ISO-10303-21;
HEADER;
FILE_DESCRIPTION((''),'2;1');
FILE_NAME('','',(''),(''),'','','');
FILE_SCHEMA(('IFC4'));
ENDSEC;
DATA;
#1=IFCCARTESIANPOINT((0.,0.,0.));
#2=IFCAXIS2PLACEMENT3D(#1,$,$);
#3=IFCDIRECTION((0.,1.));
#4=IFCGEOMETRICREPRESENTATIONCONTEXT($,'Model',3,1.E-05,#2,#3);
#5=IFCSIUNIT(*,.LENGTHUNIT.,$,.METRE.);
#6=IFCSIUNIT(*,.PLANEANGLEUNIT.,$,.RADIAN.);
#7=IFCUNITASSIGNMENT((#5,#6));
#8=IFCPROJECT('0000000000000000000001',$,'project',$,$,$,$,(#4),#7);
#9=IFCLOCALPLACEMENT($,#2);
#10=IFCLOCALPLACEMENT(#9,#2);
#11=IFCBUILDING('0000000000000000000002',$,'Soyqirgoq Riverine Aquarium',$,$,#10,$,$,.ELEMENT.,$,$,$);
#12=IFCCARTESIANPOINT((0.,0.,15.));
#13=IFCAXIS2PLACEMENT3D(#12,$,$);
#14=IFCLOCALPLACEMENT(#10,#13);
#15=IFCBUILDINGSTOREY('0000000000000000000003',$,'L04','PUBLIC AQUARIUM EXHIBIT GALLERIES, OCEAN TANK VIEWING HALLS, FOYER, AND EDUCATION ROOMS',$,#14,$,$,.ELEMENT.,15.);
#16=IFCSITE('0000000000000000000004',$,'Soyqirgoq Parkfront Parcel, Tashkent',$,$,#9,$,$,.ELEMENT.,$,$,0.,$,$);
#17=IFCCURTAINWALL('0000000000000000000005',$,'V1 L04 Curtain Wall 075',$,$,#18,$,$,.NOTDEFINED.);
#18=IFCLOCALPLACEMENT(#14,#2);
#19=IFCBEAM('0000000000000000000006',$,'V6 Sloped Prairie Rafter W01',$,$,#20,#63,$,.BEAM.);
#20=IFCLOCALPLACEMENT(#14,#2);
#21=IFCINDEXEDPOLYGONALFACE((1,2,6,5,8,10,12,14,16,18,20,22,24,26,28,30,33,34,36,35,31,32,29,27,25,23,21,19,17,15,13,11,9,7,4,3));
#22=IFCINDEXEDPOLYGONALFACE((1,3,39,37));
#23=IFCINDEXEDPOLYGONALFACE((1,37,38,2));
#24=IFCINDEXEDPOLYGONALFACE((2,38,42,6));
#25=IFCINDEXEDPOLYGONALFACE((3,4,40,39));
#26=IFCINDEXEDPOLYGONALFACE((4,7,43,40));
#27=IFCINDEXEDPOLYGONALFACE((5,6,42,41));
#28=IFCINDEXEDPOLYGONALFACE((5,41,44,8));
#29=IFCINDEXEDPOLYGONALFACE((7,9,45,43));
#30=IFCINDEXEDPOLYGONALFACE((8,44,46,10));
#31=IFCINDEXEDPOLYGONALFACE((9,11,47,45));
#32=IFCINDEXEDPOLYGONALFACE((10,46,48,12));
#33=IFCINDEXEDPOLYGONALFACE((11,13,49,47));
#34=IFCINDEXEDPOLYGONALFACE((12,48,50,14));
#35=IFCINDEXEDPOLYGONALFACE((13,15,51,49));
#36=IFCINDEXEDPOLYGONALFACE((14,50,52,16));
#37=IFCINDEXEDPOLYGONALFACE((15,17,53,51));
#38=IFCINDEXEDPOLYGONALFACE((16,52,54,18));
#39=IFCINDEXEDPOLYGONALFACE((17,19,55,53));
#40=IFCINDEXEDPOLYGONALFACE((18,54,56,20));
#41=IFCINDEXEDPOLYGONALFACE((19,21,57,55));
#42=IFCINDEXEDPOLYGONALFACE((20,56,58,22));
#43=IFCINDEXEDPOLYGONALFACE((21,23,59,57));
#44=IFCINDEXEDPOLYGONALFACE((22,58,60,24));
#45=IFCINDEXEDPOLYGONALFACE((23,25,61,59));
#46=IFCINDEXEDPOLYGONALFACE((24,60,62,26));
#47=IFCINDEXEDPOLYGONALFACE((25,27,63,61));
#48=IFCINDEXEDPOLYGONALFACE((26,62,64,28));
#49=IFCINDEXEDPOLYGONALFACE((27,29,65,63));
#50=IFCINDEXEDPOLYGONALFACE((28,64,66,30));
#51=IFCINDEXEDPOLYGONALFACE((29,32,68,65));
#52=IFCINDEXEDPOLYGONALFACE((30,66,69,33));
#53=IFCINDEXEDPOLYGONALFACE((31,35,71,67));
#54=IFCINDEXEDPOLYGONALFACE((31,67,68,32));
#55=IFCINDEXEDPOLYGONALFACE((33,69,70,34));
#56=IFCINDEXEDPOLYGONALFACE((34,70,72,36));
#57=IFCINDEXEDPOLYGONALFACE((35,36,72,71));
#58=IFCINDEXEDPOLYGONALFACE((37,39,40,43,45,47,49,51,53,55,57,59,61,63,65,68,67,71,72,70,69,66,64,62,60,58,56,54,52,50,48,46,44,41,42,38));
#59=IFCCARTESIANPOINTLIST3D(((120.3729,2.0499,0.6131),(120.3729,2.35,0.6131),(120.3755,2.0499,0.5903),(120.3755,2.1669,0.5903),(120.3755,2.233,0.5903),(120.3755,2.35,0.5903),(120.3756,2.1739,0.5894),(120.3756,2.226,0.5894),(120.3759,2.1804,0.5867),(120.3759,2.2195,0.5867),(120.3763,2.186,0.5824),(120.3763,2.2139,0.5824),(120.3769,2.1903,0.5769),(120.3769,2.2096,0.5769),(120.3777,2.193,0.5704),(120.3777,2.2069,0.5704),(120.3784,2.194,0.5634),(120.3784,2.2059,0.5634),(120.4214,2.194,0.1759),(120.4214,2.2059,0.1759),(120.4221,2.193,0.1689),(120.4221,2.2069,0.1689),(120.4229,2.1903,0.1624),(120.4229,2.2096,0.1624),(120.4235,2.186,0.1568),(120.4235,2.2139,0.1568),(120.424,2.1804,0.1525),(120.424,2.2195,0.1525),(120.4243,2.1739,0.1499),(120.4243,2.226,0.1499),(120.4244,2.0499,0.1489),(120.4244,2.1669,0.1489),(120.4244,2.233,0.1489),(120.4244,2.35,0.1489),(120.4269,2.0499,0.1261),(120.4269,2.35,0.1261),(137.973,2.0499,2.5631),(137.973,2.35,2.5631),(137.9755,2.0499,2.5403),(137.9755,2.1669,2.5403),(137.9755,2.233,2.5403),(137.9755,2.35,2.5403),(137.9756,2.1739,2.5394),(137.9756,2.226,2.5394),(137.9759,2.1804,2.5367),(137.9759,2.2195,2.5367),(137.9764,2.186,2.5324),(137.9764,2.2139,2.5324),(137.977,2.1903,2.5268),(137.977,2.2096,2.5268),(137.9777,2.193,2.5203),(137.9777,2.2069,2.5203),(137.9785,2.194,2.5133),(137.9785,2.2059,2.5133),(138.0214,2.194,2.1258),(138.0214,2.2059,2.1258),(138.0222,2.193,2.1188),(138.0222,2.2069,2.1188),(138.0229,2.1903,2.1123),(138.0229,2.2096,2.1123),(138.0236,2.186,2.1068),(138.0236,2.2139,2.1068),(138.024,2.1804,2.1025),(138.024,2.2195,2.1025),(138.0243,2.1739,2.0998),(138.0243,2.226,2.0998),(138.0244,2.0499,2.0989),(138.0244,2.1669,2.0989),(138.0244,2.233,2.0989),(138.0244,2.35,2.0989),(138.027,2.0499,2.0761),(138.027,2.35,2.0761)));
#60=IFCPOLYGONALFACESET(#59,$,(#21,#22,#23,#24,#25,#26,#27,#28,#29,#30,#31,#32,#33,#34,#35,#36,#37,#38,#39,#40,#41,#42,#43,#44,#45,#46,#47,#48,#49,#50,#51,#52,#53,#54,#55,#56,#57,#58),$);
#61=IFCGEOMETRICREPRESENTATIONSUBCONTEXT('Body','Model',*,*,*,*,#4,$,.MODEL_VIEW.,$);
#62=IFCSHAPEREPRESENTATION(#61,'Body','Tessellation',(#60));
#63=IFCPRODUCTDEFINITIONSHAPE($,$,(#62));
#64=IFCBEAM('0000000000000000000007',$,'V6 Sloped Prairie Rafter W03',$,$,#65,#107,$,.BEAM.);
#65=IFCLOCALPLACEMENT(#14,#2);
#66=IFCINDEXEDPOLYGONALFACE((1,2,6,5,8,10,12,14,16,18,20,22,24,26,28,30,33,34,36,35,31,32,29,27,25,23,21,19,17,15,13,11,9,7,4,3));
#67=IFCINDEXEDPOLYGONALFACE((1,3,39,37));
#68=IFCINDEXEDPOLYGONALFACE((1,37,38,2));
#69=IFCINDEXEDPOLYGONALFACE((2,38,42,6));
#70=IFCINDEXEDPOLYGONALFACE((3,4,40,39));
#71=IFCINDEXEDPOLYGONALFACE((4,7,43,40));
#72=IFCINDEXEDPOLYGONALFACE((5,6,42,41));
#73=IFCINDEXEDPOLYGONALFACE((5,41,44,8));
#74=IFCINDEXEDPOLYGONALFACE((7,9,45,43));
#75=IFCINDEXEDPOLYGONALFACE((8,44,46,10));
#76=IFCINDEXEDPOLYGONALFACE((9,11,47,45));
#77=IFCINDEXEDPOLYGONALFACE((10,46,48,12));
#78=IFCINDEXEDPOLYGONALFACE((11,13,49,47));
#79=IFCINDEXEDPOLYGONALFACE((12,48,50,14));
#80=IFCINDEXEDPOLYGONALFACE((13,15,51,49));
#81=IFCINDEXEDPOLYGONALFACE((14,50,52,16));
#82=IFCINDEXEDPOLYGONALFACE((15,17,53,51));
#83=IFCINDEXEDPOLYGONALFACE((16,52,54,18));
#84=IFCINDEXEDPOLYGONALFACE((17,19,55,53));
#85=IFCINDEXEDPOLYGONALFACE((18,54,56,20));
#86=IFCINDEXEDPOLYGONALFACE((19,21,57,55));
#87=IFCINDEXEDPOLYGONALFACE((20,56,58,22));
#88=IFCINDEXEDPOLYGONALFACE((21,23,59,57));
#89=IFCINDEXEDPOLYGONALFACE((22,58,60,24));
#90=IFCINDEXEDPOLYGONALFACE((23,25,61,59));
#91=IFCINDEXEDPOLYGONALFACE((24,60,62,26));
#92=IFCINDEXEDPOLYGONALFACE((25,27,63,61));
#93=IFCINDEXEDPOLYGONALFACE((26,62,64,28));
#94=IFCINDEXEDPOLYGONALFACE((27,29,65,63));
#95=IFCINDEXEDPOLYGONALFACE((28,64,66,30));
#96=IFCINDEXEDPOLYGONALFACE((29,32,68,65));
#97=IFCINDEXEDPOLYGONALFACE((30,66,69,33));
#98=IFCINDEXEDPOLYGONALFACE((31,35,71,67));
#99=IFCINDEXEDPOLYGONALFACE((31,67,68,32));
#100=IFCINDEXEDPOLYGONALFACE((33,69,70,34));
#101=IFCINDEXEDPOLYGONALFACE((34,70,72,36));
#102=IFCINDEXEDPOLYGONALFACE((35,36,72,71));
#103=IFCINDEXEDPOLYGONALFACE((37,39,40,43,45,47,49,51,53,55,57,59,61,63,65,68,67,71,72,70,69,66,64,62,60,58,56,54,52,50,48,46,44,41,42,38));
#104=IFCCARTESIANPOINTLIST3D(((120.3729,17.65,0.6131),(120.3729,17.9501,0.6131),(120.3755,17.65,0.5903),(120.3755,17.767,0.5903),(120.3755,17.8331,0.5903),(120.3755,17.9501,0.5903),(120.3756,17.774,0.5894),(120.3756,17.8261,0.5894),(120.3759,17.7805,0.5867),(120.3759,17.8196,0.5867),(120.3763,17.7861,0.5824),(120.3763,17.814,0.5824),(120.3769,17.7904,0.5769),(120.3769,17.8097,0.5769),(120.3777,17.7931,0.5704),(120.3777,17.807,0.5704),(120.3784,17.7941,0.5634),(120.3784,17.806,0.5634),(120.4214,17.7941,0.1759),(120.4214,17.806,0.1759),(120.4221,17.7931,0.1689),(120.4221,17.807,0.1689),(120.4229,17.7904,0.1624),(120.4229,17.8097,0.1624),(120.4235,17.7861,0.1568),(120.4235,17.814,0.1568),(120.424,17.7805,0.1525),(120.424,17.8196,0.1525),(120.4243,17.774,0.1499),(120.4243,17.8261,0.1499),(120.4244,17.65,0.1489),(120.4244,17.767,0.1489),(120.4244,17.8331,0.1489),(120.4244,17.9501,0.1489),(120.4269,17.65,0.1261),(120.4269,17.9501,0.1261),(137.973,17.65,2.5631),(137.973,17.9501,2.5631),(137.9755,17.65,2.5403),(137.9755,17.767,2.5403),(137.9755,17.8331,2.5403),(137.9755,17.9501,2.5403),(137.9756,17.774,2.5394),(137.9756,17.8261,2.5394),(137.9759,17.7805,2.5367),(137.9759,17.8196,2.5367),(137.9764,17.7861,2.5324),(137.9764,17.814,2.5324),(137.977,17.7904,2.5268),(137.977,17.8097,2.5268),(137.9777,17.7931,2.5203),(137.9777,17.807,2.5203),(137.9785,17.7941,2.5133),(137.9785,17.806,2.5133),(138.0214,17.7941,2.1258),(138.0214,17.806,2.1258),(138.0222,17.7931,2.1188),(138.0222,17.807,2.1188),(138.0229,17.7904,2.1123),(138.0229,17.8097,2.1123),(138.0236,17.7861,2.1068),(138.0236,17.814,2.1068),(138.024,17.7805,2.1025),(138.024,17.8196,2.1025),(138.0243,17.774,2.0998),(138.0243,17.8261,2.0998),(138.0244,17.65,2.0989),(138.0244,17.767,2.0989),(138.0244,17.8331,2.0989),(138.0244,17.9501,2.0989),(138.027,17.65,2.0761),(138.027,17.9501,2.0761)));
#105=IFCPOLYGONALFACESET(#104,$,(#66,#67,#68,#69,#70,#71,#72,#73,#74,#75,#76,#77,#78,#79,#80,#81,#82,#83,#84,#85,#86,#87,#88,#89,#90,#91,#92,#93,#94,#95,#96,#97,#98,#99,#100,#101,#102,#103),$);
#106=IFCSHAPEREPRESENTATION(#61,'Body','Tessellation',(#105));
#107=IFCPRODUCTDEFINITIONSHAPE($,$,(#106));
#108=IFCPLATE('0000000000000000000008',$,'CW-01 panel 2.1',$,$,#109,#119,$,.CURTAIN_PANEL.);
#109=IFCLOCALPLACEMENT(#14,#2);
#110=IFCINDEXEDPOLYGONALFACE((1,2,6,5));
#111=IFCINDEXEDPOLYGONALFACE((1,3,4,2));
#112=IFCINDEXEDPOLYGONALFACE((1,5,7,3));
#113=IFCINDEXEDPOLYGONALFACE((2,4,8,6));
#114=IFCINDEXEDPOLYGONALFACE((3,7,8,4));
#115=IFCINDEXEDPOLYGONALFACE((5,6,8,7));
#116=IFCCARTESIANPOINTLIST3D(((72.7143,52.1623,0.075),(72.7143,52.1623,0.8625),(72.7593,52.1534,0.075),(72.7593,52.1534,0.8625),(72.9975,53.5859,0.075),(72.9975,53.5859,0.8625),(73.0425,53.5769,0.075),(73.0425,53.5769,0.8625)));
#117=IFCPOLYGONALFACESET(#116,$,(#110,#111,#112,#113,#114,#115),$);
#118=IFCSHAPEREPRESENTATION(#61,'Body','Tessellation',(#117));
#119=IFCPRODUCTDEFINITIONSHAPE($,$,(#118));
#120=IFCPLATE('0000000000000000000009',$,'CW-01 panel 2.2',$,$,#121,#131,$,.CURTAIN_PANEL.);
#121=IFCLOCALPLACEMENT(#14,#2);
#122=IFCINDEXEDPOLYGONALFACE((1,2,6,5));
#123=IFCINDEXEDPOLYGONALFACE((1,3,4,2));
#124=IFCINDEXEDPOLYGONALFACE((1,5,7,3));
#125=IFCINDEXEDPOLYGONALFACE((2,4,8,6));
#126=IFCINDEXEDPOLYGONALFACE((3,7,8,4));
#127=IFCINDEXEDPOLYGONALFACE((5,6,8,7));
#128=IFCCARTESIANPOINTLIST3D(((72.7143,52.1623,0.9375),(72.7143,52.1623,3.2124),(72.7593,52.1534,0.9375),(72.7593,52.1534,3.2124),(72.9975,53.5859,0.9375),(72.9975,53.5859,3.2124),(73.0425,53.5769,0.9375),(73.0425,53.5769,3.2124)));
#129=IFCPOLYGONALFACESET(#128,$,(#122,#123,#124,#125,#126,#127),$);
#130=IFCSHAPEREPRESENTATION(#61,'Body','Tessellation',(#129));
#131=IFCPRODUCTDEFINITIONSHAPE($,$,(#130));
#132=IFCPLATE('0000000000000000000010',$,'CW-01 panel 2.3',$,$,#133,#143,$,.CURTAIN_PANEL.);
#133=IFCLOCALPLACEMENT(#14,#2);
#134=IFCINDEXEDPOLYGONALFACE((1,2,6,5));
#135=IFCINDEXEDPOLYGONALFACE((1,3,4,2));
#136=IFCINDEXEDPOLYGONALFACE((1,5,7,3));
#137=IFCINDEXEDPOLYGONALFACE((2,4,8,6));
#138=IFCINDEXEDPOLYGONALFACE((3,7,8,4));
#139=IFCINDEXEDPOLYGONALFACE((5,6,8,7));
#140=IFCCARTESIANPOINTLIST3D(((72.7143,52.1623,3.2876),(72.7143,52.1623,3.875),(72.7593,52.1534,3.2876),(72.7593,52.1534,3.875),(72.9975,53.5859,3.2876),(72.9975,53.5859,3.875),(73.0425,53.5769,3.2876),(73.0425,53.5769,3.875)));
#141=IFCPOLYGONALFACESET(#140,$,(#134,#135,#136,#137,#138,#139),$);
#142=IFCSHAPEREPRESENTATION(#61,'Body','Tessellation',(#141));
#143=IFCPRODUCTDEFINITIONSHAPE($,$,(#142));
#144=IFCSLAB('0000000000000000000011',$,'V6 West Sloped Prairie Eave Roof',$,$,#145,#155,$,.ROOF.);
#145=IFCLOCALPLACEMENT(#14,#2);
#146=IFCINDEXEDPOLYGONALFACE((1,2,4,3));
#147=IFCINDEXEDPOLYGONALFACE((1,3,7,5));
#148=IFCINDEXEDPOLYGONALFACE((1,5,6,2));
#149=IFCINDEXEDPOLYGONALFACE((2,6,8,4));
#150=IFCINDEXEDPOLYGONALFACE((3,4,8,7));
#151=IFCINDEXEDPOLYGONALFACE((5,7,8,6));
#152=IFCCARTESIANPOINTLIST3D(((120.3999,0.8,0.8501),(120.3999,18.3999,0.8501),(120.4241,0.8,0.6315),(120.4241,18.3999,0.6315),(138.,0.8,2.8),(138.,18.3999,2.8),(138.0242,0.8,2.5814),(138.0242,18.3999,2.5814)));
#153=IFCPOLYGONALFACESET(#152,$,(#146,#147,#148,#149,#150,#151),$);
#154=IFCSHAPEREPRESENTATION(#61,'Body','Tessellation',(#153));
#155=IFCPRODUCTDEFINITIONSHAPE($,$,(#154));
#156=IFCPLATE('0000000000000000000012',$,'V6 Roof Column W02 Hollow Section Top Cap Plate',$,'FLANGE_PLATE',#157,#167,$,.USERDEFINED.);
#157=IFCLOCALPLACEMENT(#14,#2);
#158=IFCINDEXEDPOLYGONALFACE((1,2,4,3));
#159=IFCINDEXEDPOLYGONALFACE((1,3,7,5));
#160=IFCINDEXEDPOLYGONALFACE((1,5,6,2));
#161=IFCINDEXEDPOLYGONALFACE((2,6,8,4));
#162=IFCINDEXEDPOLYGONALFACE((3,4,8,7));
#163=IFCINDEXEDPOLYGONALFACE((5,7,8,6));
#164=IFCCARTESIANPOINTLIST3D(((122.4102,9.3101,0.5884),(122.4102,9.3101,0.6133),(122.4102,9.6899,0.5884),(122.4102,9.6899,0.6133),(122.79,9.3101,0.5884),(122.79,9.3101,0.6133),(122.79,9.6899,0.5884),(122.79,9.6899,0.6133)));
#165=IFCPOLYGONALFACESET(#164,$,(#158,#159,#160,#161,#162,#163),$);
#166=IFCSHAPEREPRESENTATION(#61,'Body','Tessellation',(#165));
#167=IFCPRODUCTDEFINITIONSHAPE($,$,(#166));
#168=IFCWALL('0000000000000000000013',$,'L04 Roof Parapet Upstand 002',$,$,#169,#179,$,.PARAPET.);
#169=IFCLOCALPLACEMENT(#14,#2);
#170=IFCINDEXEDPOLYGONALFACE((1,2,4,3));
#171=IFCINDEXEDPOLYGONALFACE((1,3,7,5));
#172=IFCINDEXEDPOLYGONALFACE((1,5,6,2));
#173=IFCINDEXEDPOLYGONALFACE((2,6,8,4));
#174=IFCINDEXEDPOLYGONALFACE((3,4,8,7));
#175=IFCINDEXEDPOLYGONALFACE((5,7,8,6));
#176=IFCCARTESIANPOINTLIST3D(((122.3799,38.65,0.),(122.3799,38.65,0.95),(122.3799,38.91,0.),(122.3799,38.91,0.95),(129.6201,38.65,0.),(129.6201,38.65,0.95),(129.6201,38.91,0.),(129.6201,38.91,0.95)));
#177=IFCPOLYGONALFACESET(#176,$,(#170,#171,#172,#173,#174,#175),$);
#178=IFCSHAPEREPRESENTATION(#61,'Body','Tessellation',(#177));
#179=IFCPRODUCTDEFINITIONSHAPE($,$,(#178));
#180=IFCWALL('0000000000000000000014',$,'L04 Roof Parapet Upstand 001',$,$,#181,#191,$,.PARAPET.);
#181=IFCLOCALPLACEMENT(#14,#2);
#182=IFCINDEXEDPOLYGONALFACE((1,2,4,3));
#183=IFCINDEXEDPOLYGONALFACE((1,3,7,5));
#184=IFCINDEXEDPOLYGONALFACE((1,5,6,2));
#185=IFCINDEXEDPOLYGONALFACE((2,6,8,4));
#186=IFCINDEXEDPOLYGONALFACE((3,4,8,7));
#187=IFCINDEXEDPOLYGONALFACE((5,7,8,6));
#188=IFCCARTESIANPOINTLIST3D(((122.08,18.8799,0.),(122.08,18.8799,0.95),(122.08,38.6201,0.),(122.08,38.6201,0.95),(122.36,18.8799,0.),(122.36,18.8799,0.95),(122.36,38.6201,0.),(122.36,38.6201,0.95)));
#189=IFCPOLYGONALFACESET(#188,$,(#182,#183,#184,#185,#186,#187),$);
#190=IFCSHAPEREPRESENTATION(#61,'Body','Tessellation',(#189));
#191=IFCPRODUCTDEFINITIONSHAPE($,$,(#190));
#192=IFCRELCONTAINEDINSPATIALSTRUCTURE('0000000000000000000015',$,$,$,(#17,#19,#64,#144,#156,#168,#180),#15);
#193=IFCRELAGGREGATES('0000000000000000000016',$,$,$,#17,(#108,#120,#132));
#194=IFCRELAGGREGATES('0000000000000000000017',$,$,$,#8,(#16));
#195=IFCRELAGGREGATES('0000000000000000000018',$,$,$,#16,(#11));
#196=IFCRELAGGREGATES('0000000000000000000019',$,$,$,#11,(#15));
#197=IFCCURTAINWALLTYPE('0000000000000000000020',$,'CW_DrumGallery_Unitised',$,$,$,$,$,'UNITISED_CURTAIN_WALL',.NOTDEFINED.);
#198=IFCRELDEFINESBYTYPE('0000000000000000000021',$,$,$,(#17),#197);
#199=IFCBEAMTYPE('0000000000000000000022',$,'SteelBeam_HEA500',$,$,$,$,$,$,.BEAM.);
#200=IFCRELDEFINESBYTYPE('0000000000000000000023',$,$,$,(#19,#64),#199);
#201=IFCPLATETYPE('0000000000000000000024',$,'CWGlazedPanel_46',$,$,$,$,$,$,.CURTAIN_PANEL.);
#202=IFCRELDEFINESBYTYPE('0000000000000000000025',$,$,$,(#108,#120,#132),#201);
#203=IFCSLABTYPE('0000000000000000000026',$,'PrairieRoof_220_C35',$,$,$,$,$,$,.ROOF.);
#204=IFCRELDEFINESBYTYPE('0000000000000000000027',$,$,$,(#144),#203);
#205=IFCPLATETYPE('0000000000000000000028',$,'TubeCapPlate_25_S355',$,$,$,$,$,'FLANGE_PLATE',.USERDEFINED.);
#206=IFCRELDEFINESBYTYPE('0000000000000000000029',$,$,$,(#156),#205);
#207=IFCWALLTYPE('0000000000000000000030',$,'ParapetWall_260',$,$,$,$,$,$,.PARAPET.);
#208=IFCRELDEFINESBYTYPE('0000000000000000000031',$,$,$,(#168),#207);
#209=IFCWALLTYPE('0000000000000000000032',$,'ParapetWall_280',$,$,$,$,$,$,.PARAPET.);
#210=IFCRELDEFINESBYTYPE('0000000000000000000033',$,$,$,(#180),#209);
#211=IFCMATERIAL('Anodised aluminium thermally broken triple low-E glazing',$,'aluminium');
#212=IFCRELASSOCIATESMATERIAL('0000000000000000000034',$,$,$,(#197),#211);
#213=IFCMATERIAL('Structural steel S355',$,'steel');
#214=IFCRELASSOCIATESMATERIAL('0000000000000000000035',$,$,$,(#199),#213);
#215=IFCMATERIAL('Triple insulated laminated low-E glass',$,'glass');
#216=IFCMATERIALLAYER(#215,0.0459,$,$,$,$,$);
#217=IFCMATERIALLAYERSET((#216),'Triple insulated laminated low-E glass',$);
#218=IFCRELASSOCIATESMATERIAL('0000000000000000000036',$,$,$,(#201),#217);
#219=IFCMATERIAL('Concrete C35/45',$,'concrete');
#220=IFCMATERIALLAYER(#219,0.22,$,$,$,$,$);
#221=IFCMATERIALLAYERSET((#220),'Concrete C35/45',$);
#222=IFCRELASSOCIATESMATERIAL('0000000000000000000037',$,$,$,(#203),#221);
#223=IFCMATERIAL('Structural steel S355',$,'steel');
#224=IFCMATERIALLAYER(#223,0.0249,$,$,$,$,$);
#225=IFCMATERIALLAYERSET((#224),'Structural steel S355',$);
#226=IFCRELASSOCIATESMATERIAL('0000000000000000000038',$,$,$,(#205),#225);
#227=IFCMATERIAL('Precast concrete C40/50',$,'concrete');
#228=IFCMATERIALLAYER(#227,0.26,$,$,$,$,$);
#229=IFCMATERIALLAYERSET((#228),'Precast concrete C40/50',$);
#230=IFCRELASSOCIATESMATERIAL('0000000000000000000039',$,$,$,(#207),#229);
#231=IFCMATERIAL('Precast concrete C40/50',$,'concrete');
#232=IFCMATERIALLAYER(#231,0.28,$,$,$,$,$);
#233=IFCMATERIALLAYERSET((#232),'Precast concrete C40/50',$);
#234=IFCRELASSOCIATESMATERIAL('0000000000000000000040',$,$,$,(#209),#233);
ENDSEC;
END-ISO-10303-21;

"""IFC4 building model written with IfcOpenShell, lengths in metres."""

from ifc_helpers import new_model, si_unit, direction, frame, frame_2d, origin, origin_2d, place, context, subcontext, project, spatial, polyline, rectangle, i_section, outline, extrude, material, layer, layer_set, material_profile, profile_set, type_object, element, aggregate, save


model = new_model("IFC4")

# Units and contexts
model_context = context("Model", 3, precision=1e-05, world=origin(), true_north=direction((0.0, 1.0)))
body_context = subcontext(model_context, "Body", "Model", "MODEL_VIEW")
ifc_project = project(units=[si_unit("LENGTHUNIT", "METRE"), si_unit("PLANEANGLEUNIT", "RADIAN")], contexts=[model_context])

# Site, building, storey
site_placement = place(None, origin())
site = spatial("IfcSite", under=ifc_project, at=site_placement, Name="Soyqirgoq Parkfront Parcel, Tashkent", CompositionType="ELEMENT", RefElevation=0.0)
building_placement = place(site_placement, origin())
building = spatial("IfcBuilding", under=site, at=building_placement, Name="Soyqirgoq Riverine Aquarium", CompositionType="ELEMENT")
storey_placement = place(building_placement, frame((0.0, 0.0, 15.0)))
storey = spatial("IfcBuildingStorey", under=building, at=storey_placement, Name="L04", Description="PUBLIC AQUARIUM EXHIBIT GALLERIES, OCEAN TANK VIEWING HALLS, FOYER, AND EDUCATION ROOMS", CompositionType="ELEMENT", Elevation=15.0)

# Curtain wall
ifc_material_1 = material(Name="Anodised aluminium thermally broken triple low-E glazing", Category="aluminium")
curtain_wall_type = type_object("IfcCurtainWallType", Name="CW_DrumGallery_Unitised", ElementType="UNITISED_CURTAIN_WALL", PredefinedType="NOTDEFINED", material=ifc_material_1)
curtain_wall_placement = place(storey_placement, origin())
curtain_wall = element("IfcCurtainWall", 1, at=curtain_wall_placement, inside=storey, type_object=curtain_wall_type, Name="V1 L04 Curtain Wall 075", PredefinedType="NOTDEFINED")

# Beams
ifc_material_2 = material(Name="Structural steel S355", Category="steel")
ifc_material_profile_1 = material_profile(ifc_material_2, i_section(OverallWidth=0.3, OverallDepth=0.49, WebThickness=0.012, FlangeThickness=0.0229, FilletRadius=0.0271, at=origin_2d()), Name="HEA 500")
ifc_profile_set_1 = profile_set([ifc_material_profile_1], Name="Structural steel S355")
beam_type_1 = type_object("IfcBeamType", Name="SteelBeam_HEA500", PredefinedType="BEAM", material=ifc_profile_set_1)
for number, where, z_axis, x_axis, name in (
    (2, (120.3999, 2.2, 0.3696), (0.993918, 0.0, 0.110118), (0.0, 1.0, 0.0), "V6 Sloped Prairie Rafter W01"),
    (3, (120.3999, 17.8, 0.3696), (0.993918, 0.0, 0.110118), (0.0, 1.0, 0.0), "V6 Sloped Prairie Rafter W03"),
):
    element("IfcBeam", number, at=place(storey_placement, frame(where, z_axis=z_axis, x_axis=x_axis)), inside=storey, type_object=beam_type_1, Name=name, PredefinedType="BEAM", context=body_context, shape_type="SweptSolid", body=[
        extrude(i_section(OverallWidth=0.3, OverallDepth=0.49, WebThickness=0.012, FlangeThickness=0.0229, FilletRadius=0.0271, at=origin_2d()), origin(), (0.0, 0.0, 1.0), 17.7078),
    ])

# Plates
ifc_material_3 = material(Name="Triple insulated laminated low-E glass", Category="glass")
ifc_layer_1 = layer(ifc_material_3, 0.0459)
ifc_layer_set_1 = layer_set([ifc_layer_1], Name="Triple insulated laminated low-E glass")
plate_type_1 = type_object("IfcPlateType", Name="CWGlazedPanel_46", PredefinedType="CURTAIN_PANEL", material=ifc_layer_set_1)
plate_1_placement = place(storey_placement, frame((72.8784, 52.8696, 0.075), z_axis=(0.0, 0.0, 1.0), x_axis=(0.195102, 0.980783, 0.0)))
plate_1 = element("IfcPlate", 4, at=plate_1_placement, type_object=plate_type_1, Name="CW-01 panel 2.1", PredefinedType="CURTAIN_PANEL", context=body_context, shape_type="SweptSolid", body=[
    extrude(rectangle(XDim=1.4514, YDim=0.0459, at=origin_2d()), origin(), (0.0, 0.0, 1.0), 0.7876),
])
plate_2_placement = place(storey_placement, frame((72.8784, 52.8696, 0.9375), z_axis=(0.0, 0.0, 1.0), x_axis=(0.195102, 0.980783, 0.0)))
plate_2 = element("IfcPlate", 5, at=plate_2_placement, type_object=plate_type_1, Name="CW-01 panel 2.2", PredefinedType="CURTAIN_PANEL", context=body_context, shape_type="SweptSolid", body=[
    extrude(rectangle(XDim=1.4514, YDim=0.0459, at=origin_2d()), origin(), (0.0, 0.0, 1.0), 2.2749),
])
plate_3_placement = place(storey_placement, frame((72.8784, 52.8696, 3.2876), z_axis=(0.0, 0.0, 1.0), x_axis=(0.195102, 0.980783, 0.0)))
plate_3 = element("IfcPlate", 6, at=plate_3_placement, type_object=plate_type_1, Name="CW-01 panel 2.3", PredefinedType="CURTAIN_PANEL", context=body_context, shape_type="SweptSolid", body=[
    extrude(rectangle(XDim=1.4514, YDim=0.0459, at=origin_2d()), origin(), (0.0, 0.0, 1.0), 0.5874),
])
aggregate(curtain_wall, [plate_1, plate_2, plate_3])

# Slab
ifc_material_4 = material(Name="Concrete C35/45", Category="concrete")
ifc_layer_2 = layer(ifc_material_4, 0.22)
ifc_layer_set_2 = layer_set([ifc_layer_2], Name="Concrete C35/45")
slab_type = type_object("IfcSlabType", Name="PrairieRoof_220_C35", PredefinedType="ROOF", material=ifc_layer_set_2)
slab_placement = place(storey_placement, frame((120.3999, 0.8, 0.8501), z_axis=(-0.110118, 0.0, 0.993918), x_axis=(0.993918, 0.0, 0.110118)))
element("IfcSlab", 7, at=slab_placement, inside=storey, type_object=slab_type, Name="V6 West Sloped Prairie Eave Roof", PredefinedType="ROOF", context=body_context, shape_type="SweptSolid", body=[
    extrude(outline(polyline([(0.0, 0.0), (17.7078, 0.0), (17.7078, 17.5999), (0.0, 17.5999), (0.0, 0.0)])), origin(), (0.0, 0.0, -1.0), 0.22),
])

# Plate
ifc_material_5 = material(Name="Structural steel S355", Category="steel")
ifc_layer_3 = layer(ifc_material_5, 0.0249)
ifc_layer_set_3 = layer_set([ifc_layer_3], Name="Structural steel S355")
plate_type_2 = type_object("IfcPlateType", Name="TubeCapPlate_25_S355", ElementType="FLANGE_PLATE", PredefinedType="USERDEFINED", material=ifc_layer_set_3)
plate_4_placement = place(storey_placement, frame((122.6001, 9.5, 0.5884), z_axis=(0.0, 0.0, 1.0), x_axis=(1.0, 0.0, 0.0)))
element("IfcPlate", 8, at=plate_4_placement, inside=storey, type_object=plate_type_2, Name="V6 Roof Column W02 Hollow Section Top Cap Plate", ObjectType="FLANGE_PLATE", PredefinedType="USERDEFINED", context=body_context, shape_type="SweptSolid", body=[
    extrude(rectangle(XDim=0.3799, YDim=0.3799, at=origin_2d()), origin(), (0.0, 0.0, 1.0), 0.0249),
])

# Walls
ifc_material_6 = material(Name="Precast concrete C40/50", Category="concrete")
ifc_layer_4 = layer(ifc_material_6, 0.26)
ifc_layer_set_4 = layer_set([ifc_layer_4], Name="Precast concrete C40/50")
wall_type_1 = type_object("IfcWallType", Name="ParapetWall_260", PredefinedType="PARAPET", material=ifc_layer_set_4)
wall_1_placement = place(storey_placement, frame((122.3799, 38.78, 0.0), z_axis=(0.0, 0.0, 1.0), x_axis=(1.0, 0.0, 0.0)))
element("IfcWall", 9, at=wall_1_placement, inside=storey, type_object=wall_type_1, Name="L04 Roof Parapet Upstand 002", PredefinedType="PARAPET", context=body_context, shape_type="SweptSolid", body=[
    extrude(rectangle(XDim=7.2402, YDim=0.26, at=frame_2d((3.6201, 0.0))), origin(), (0.0, 0.0, 1.0), 0.95),
])
ifc_material_7 = material(Name="Precast concrete C40/50", Category="concrete")
ifc_layer_5 = layer(ifc_material_7, 0.28)
ifc_layer_set_5 = layer_set([ifc_layer_5], Name="Precast concrete C40/50")
wall_type_2 = type_object("IfcWallType", Name="ParapetWall_280", PredefinedType="PARAPET", material=ifc_layer_set_5)
wall_2_placement = place(storey_placement, frame((122.22, 18.8799, 0.0), z_axis=(0.0, 0.0, 1.0), x_axis=(0.0, 1.0, 0.0)))
element("IfcWall", 10, at=wall_2_placement, inside=storey, type_object=wall_type_2, Name="L04 Roof Parapet Upstand 001", PredefinedType="PARAPET", context=body_context, shape_type="SweptSolid", body=[
    extrude(rectangle(XDim=19.7402, YDim=0.28, at=frame_2d((9.8701, 0.0))), origin(), (0.0, 0.0, 1.0), 0.95),
])

save(model, "model.ifc")
